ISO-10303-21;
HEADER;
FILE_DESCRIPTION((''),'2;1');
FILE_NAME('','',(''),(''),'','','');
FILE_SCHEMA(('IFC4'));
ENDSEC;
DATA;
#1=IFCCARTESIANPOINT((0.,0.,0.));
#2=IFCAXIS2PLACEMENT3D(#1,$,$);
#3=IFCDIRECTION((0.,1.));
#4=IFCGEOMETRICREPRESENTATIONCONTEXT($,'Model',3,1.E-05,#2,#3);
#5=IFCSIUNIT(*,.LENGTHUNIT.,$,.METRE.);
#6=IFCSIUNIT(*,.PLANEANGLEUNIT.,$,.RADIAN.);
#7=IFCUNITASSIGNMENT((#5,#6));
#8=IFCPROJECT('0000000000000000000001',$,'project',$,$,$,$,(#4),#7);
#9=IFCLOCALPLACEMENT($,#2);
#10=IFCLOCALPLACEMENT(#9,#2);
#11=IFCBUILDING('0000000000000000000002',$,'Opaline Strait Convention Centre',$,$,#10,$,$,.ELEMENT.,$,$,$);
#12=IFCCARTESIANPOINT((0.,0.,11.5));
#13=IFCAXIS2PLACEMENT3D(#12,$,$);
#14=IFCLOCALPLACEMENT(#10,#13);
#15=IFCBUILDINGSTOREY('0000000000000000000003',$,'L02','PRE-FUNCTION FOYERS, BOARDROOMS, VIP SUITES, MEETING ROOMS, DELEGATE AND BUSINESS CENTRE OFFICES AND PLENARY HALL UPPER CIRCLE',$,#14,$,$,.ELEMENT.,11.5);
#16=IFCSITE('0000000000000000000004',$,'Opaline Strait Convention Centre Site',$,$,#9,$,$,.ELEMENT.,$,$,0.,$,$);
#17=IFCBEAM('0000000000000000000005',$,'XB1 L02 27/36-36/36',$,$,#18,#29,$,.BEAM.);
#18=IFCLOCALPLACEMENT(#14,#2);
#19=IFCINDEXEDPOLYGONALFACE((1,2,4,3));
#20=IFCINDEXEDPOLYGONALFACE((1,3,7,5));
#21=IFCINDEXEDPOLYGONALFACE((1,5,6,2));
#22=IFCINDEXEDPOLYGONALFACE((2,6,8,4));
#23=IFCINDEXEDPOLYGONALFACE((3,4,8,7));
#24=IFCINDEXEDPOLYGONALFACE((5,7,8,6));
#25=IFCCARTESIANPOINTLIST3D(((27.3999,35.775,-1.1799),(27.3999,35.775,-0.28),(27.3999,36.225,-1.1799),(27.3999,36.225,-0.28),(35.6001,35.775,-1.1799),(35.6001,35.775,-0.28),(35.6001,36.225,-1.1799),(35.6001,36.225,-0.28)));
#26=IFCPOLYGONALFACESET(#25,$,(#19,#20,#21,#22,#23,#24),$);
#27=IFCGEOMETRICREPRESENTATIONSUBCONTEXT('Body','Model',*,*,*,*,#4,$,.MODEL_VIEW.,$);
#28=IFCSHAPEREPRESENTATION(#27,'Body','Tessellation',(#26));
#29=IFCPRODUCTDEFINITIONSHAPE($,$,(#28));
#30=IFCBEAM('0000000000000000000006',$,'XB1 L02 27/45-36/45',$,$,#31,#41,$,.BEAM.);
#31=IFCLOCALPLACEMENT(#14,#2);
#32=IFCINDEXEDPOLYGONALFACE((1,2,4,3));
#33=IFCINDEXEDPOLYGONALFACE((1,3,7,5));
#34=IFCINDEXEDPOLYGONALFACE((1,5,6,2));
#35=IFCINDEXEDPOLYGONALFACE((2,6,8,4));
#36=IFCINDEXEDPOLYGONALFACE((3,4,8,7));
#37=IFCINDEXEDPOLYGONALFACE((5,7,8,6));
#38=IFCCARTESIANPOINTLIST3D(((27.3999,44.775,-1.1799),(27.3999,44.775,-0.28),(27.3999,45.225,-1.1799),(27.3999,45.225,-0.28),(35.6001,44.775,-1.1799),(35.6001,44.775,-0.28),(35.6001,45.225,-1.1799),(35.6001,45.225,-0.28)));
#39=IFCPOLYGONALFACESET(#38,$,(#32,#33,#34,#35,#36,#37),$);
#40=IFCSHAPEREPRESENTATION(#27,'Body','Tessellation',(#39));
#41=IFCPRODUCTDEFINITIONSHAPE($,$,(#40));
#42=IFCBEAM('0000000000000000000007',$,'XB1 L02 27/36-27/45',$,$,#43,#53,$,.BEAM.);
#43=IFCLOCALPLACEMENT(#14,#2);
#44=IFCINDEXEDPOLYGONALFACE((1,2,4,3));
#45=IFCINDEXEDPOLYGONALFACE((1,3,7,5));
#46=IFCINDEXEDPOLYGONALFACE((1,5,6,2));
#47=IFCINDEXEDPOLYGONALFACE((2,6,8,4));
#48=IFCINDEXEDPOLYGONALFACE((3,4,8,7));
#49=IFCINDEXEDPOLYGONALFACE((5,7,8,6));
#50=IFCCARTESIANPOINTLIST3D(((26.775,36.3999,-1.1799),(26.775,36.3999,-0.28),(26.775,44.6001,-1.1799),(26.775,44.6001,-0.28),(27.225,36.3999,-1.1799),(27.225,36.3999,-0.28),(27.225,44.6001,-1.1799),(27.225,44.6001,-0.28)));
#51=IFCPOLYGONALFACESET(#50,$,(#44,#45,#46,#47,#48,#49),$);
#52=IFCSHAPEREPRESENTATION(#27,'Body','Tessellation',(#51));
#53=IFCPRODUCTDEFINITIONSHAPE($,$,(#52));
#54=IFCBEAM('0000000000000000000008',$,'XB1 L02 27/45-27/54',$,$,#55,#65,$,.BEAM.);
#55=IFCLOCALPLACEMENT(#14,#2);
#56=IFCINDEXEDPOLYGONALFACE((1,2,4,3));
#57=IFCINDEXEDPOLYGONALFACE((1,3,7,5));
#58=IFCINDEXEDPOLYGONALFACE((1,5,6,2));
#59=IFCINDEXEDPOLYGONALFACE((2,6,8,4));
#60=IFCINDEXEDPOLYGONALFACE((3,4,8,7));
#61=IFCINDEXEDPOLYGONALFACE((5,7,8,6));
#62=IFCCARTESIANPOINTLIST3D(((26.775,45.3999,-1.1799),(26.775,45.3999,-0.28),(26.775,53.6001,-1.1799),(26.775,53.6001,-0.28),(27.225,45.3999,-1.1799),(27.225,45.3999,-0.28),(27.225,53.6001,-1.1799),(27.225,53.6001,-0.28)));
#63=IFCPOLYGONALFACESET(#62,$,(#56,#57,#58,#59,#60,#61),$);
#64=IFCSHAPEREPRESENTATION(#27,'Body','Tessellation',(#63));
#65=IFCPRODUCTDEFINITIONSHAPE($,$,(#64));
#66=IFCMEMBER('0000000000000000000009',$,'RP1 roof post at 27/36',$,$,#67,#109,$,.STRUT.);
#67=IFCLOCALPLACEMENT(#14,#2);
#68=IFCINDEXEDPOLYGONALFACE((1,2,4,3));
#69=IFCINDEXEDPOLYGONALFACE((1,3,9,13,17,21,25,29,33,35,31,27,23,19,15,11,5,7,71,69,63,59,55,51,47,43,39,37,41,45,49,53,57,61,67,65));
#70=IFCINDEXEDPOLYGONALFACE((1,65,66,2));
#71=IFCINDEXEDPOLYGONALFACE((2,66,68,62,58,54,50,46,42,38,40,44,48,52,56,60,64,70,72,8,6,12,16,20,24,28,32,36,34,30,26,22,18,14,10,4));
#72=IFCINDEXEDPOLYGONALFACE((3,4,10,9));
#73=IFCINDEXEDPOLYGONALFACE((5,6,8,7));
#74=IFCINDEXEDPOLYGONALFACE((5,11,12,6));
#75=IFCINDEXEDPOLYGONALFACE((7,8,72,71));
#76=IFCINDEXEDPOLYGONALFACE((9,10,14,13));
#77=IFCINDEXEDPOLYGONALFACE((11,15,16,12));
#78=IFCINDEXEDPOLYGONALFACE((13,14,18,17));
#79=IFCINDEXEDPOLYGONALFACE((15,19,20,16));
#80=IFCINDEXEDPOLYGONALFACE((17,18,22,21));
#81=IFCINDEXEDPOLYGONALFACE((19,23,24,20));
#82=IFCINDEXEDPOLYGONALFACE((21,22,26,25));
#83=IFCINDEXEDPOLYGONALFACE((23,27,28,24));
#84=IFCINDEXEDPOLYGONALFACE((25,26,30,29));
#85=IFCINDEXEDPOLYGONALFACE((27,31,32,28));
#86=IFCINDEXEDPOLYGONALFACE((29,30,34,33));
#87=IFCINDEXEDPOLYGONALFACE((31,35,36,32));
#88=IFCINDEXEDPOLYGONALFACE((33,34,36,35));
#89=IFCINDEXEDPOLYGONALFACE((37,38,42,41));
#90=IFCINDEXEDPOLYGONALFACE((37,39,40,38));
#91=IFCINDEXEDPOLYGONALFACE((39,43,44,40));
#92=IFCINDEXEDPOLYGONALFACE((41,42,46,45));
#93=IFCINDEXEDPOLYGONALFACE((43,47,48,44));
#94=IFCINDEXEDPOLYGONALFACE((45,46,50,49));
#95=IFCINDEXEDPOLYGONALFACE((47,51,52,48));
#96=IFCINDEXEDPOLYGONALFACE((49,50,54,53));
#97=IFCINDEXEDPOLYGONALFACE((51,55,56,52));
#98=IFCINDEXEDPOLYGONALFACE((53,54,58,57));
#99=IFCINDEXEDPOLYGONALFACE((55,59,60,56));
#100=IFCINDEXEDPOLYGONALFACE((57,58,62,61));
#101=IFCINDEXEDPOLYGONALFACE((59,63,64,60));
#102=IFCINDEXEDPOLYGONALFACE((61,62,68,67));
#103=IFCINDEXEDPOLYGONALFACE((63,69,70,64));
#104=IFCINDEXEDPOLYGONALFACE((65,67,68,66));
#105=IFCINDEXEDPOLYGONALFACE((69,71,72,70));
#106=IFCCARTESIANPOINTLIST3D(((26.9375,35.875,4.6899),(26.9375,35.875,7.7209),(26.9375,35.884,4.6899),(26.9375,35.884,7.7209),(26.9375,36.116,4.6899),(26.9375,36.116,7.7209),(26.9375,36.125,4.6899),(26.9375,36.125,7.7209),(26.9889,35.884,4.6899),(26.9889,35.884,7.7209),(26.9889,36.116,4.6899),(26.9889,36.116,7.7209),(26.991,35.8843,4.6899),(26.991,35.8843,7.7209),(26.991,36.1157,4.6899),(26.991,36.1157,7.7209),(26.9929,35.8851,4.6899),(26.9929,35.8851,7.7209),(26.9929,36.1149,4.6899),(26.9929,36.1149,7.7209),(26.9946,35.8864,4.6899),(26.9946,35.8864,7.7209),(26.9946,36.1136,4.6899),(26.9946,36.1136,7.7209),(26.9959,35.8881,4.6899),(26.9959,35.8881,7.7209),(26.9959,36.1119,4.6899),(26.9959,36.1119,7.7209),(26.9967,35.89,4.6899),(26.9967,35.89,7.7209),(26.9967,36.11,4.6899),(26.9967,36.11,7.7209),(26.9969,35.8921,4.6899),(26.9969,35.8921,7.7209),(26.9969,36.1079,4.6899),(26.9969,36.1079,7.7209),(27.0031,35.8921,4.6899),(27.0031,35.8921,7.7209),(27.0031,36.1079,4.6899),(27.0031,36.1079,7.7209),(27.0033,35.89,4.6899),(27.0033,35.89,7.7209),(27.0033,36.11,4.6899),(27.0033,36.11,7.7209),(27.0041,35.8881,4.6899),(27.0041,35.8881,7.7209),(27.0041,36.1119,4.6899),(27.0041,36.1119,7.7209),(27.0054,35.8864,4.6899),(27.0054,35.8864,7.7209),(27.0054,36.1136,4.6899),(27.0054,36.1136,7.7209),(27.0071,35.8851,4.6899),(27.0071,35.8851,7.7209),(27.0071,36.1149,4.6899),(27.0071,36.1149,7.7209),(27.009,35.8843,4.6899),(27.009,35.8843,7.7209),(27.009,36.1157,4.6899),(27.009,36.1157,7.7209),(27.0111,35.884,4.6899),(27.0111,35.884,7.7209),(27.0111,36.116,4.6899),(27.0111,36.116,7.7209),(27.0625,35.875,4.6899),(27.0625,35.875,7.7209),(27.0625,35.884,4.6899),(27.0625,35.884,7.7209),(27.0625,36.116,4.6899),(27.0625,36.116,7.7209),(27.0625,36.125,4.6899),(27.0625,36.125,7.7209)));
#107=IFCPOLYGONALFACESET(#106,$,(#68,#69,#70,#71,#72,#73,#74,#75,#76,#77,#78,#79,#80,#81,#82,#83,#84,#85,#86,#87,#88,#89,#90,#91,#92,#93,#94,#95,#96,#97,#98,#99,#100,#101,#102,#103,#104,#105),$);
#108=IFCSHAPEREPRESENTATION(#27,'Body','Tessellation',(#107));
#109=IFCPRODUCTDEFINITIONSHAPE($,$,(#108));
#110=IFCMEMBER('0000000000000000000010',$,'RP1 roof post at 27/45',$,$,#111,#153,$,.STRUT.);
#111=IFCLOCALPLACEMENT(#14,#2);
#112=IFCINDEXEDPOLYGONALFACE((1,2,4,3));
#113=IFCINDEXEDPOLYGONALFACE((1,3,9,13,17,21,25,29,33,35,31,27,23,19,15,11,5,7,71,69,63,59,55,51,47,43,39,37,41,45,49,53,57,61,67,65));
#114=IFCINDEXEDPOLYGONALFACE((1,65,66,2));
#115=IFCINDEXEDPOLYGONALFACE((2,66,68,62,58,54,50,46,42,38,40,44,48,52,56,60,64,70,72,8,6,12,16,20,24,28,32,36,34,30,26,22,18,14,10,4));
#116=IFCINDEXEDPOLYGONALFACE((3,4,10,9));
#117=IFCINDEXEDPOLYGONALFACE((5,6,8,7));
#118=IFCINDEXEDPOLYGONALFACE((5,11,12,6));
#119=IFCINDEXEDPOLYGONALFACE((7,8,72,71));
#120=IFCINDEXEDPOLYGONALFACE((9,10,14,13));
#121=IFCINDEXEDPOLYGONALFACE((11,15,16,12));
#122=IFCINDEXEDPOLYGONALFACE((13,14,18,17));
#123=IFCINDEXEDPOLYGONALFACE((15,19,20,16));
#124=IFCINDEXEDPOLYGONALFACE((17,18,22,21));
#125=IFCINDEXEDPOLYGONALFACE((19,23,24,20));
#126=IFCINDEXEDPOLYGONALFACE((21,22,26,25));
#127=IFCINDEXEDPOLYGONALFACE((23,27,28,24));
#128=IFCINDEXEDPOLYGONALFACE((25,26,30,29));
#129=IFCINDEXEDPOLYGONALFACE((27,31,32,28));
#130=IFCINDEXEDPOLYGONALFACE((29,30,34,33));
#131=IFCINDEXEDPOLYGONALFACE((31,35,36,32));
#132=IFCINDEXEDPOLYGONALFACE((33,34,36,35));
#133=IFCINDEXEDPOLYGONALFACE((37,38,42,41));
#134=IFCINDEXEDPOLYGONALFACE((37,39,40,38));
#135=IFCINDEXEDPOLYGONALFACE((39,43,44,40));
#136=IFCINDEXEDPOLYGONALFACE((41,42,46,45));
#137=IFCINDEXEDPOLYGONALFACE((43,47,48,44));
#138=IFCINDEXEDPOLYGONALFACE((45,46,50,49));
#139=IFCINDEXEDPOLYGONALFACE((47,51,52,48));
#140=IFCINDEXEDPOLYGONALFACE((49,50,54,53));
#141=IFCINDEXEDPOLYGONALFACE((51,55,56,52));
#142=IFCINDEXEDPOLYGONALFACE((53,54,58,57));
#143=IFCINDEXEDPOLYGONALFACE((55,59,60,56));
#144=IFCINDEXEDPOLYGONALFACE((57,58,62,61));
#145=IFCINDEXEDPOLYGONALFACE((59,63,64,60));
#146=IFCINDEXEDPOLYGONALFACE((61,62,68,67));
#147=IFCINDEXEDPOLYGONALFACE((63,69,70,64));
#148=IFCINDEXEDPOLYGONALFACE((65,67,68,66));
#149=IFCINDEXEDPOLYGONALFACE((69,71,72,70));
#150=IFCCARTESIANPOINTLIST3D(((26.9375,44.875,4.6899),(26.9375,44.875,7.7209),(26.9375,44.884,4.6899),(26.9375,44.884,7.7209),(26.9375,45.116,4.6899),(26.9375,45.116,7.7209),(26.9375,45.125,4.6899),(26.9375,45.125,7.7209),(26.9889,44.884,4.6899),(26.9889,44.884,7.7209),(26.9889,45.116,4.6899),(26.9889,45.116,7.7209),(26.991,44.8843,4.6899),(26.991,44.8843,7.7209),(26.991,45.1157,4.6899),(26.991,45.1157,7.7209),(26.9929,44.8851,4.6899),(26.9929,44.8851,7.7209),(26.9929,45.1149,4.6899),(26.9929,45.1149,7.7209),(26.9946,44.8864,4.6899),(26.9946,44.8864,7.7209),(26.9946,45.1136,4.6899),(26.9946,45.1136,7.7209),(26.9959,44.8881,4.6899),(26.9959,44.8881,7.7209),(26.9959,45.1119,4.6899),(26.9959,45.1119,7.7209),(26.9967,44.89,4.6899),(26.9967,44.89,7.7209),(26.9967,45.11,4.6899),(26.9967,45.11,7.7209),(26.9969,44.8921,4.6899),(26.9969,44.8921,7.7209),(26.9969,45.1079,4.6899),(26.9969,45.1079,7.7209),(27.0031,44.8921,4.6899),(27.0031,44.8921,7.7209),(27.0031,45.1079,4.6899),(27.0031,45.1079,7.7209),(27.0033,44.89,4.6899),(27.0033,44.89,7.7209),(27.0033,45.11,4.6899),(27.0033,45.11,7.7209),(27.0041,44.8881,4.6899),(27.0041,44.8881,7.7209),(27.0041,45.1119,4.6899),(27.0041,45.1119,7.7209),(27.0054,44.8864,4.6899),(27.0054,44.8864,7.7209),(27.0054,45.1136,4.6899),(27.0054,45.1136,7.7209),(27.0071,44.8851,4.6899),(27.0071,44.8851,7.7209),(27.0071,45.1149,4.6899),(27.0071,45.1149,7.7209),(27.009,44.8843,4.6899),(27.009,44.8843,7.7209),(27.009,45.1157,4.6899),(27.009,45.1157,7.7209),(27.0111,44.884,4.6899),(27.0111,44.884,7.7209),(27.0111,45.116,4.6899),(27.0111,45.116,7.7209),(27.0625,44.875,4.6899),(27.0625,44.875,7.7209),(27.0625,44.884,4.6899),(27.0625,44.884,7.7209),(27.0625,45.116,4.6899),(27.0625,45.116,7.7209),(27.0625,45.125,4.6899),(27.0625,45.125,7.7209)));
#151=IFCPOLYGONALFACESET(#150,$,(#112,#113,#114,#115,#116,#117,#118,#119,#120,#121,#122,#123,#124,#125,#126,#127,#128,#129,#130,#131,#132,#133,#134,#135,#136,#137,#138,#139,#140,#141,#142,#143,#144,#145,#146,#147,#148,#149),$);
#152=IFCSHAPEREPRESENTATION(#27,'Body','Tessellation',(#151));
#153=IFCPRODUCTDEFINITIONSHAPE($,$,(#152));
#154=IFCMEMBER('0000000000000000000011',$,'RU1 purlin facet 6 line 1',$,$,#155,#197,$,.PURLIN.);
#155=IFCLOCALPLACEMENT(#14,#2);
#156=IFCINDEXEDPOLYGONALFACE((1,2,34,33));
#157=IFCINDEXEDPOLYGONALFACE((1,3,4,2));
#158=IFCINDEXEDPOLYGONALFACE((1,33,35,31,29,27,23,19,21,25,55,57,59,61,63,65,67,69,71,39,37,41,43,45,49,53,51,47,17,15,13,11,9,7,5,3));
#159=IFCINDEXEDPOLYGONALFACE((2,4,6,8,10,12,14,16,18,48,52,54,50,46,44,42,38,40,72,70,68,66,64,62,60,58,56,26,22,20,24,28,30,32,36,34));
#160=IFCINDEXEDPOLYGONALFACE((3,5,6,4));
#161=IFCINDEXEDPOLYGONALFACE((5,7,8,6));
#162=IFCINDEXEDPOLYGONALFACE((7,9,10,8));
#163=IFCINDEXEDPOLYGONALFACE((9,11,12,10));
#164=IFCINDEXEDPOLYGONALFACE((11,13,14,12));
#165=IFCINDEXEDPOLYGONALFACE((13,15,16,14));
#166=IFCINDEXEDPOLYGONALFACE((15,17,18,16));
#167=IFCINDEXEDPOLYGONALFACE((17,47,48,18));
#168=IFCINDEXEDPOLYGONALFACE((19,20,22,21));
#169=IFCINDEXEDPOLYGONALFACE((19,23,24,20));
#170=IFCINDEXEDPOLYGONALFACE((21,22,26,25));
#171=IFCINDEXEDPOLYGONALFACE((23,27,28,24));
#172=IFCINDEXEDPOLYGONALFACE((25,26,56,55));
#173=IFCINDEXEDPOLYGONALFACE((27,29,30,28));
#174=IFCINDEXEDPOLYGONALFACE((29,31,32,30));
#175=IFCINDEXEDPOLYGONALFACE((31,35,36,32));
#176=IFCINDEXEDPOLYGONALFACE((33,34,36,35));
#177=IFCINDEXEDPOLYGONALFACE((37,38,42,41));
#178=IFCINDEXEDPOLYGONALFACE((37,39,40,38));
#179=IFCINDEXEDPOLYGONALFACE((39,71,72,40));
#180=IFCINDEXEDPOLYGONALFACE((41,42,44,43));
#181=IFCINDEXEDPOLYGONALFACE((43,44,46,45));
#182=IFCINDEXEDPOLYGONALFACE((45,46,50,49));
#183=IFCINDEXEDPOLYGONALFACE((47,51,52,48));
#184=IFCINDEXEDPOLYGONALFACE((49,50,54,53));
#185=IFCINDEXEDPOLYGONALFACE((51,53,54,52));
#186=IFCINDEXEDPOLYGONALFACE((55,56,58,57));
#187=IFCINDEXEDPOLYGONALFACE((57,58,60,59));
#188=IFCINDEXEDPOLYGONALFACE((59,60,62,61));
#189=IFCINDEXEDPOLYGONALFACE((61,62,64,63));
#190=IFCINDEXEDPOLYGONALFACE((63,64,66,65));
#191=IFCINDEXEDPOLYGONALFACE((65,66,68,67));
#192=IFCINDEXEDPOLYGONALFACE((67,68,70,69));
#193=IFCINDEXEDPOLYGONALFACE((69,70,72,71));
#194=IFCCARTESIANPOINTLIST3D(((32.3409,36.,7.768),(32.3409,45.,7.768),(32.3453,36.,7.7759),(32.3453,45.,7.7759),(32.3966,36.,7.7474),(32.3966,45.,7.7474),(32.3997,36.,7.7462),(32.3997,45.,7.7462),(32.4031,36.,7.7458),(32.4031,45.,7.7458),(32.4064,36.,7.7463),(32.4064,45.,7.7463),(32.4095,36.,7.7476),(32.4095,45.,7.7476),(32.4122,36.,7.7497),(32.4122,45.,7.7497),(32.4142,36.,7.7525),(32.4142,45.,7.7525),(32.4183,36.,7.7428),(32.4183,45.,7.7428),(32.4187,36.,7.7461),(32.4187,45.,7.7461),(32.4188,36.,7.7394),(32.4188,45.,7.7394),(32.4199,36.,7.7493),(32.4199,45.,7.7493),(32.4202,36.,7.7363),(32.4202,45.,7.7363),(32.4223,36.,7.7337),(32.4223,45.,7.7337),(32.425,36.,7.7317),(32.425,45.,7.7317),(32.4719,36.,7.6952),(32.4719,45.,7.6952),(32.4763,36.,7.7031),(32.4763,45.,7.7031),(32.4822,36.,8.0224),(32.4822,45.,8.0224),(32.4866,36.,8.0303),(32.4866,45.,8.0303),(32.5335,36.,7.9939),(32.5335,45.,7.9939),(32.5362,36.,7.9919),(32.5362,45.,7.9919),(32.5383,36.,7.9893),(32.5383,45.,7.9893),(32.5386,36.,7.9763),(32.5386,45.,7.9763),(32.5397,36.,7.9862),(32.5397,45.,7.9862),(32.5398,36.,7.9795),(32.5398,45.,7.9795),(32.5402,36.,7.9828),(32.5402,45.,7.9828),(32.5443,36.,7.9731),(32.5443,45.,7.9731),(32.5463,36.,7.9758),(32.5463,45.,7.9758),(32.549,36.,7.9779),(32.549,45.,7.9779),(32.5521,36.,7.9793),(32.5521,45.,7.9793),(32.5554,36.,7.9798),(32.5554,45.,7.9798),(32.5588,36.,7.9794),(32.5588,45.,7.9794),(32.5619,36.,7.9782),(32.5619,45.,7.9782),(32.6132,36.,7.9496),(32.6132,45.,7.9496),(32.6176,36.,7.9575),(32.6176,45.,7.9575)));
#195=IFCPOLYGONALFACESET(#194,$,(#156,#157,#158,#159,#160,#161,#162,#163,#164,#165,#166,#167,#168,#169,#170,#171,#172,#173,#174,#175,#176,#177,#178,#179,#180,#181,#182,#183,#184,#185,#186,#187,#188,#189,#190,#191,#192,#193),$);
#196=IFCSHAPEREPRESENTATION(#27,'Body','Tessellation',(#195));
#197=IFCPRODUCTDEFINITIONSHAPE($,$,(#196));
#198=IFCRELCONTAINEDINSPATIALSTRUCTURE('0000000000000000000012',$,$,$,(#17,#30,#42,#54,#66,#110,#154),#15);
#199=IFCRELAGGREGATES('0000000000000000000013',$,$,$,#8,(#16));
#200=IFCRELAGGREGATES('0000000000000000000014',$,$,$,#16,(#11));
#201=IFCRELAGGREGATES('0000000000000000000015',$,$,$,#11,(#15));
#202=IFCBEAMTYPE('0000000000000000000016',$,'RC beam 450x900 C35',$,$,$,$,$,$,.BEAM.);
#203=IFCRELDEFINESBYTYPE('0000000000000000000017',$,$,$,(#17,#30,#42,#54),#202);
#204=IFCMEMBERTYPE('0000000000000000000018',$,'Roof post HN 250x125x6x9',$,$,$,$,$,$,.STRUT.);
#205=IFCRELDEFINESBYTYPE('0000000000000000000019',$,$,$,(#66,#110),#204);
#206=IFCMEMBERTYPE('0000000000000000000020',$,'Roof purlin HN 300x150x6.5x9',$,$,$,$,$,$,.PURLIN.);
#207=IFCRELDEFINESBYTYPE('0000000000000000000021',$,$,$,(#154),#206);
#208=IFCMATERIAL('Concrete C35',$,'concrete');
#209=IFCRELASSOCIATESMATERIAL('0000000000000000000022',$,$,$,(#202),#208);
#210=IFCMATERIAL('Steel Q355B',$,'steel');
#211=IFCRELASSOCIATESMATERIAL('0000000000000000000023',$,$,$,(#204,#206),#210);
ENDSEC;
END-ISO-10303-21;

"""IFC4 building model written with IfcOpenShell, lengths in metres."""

from ifc_helpers import new_model, si_unit, direction, frame, origin, origin_2d, place, context, subcontext, project, spatial, rectangle, i_section, extrude, material, material_profile, profile_set, type_object, element, save


model = new_model("IFC4")

# Units and contexts
model_context = context("Model", 3, precision=1e-05, world=origin(), true_north=direction((0.0, 1.0)))
body_context = subcontext(model_context, "Body", "Model", "MODEL_VIEW")
ifc_project = project(units=[si_unit("LENGTHUNIT", "METRE"), si_unit("PLANEANGLEUNIT", "RADIAN")], contexts=[model_context])

# Site, building, storey
site_placement = place(None, origin())
site = spatial("IfcSite", under=ifc_project, at=site_placement, Name="Opaline Strait Convention Centre Site", CompositionType="ELEMENT", RefElevation=0.0)
building_placement = place(site_placement, origin())
building = spatial("IfcBuilding", under=site, at=building_placement, Name="Opaline Strait Convention Centre", CompositionType="ELEMENT")
storey_placement = place(building_placement, frame((0.0, 0.0, 11.5)))
storey = spatial("IfcBuildingStorey", under=building, at=storey_placement, Name="L02", Description="PRE-FUNCTION FOYERS, BOARDROOMS, VIP SUITES, MEETING ROOMS, DELEGATE AND BUSINESS CENTRE OFFICES AND PLENARY HALL UPPER CIRCLE", CompositionType="ELEMENT", Elevation=11.5)

# Shared definitions
ifc_material_1 = material(Name="Steel Q355B", Category="steel")

# Beams
ifc_material_2 = material(Name="Concrete C35", Category="concrete")
ifc_material_profile_1 = material_profile(ifc_material_2, rectangle(XDim=0.45, YDim=0.8999, at=origin_2d()), Name="RC 450x900")
ifc_profile_set_1 = profile_set([ifc_material_profile_1], Name="Concrete C35")
beam_type = type_object("IfcBeamType", Name="RC beam 450x900 C35", PredefinedType="BEAM", material=ifc_profile_set_1)
for number, where, z_axis, x_axis, name in (
    (1, (27.3999, 36.0, -0.73), (1.0, 0.0, 0.0), (0.0, 1.0, 0.0), "XB1 L02 27/36-36/36"),
    (2, (27.3999, 45.0, -0.73), (1.0, 0.0, 0.0), (0.0, 1.0, 0.0), "XB1 L02 27/45-36/45"),
    (3, (27.0, 36.3999, -0.73), (0.0, 1.0, 0.0), (-1.0, 0.0, 0.0), "XB1 L02 27/36-27/45"),
    (4, (27.0, 45.3999, -0.73), (0.0, 1.0, 0.0), (-1.0, 0.0, 0.0), "XB1 L02 27/45-27/54"),
):
    element("IfcBeam", number, at=place(storey_placement, frame(where, z_axis=z_axis, x_axis=x_axis)), inside=storey, type_object=beam_type, Name=name, PredefinedType="BEAM", context=body_context, shape_type="SweptSolid", body=[
        extrude(rectangle(XDim=0.45, YDim=0.8999, at=origin_2d()), origin(), (0.0, 0.0, 1.0), 8.2002),
    ])

# Members
ifc_material_profile_2 = material_profile(ifc_material_1, i_section(OverallWidth=0.125, OverallDepth=0.25, WebThickness=0.0061, FlangeThickness=0.009, FilletRadius=0.0081, at=origin_2d()), Name="HN 250x125x6x9")
ifc_profile_set_2 = profile_set([ifc_material_profile_2], Name="Steel Q355B")
member_type_1 = type_object("IfcMemberType", Name="Roof post HN 250x125x6x9", PredefinedType="STRUT", material=ifc_profile_set_2)
for number, where, z_axis, x_axis, name in (
    (5, (27.0, 36.0, 4.6899), (0.0, 0.0, 1.0), (1.0, 0.0, 0.0), "RP1 roof post at 27/36"),
    (6, (27.0, 45.0, 4.6899), (0.0, 0.0, 1.0), (1.0, 0.0, 0.0), "RP1 roof post at 27/45"),
):
    element("IfcMember", number, at=place(storey_placement, frame(where, z_axis=z_axis, x_axis=x_axis)), inside=storey, type_object=member_type_1, Name=name, PredefinedType="STRUT", context=body_context, shape_type="SweptSolid", body=[
        extrude(i_section(OverallWidth=0.125, OverallDepth=0.25, WebThickness=0.0061, FlangeThickness=0.009, FilletRadius=0.0081, at=origin_2d()), origin(), (0.0, 0.0, 1.0), 3.031),
    ])
ifc_material_profile_3 = material_profile(ifc_material_1, i_section(OverallWidth=0.1499, OverallDepth=0.3, WebThickness=0.0066, FlangeThickness=0.009, FilletRadius=0.0129, at=origin_2d()), Name="HN 300x150x6.5x9")
ifc_profile_set_3 = profile_set([ifc_material_profile_3], Name="Steel Q355B")
member_type_2 = type_object("IfcMemberType", Name="Roof purlin HN 300x150x6.5x9", PredefinedType="PURLIN", material=ifc_profile_set_3)
for number, where, z_axis, x_axis, name in (
    (7, (32.4792, 36.0, 7.8628), (0.0, 1.0, 0.0), (-0.874157, 0.0, 0.485643), "RU1 purlin facet 6 line 1"),
):
    element("IfcMember", number, at=place(storey_placement, frame(where, z_axis=z_axis, x_axis=x_axis)), inside=storey, type_object=member_type_2, Name=name, PredefinedType="PURLIN", context=body_context, shape_type="SweptSolid", body=[
        extrude(i_section(OverallWidth=0.1499, OverallDepth=0.3, WebThickness=0.0066, FlangeThickness=0.009, FilletRadius=0.0129, at=origin_2d()), origin(), (0.0, 0.0, 1.0), 9.0),
    ])

save(model, "model.ifc")
